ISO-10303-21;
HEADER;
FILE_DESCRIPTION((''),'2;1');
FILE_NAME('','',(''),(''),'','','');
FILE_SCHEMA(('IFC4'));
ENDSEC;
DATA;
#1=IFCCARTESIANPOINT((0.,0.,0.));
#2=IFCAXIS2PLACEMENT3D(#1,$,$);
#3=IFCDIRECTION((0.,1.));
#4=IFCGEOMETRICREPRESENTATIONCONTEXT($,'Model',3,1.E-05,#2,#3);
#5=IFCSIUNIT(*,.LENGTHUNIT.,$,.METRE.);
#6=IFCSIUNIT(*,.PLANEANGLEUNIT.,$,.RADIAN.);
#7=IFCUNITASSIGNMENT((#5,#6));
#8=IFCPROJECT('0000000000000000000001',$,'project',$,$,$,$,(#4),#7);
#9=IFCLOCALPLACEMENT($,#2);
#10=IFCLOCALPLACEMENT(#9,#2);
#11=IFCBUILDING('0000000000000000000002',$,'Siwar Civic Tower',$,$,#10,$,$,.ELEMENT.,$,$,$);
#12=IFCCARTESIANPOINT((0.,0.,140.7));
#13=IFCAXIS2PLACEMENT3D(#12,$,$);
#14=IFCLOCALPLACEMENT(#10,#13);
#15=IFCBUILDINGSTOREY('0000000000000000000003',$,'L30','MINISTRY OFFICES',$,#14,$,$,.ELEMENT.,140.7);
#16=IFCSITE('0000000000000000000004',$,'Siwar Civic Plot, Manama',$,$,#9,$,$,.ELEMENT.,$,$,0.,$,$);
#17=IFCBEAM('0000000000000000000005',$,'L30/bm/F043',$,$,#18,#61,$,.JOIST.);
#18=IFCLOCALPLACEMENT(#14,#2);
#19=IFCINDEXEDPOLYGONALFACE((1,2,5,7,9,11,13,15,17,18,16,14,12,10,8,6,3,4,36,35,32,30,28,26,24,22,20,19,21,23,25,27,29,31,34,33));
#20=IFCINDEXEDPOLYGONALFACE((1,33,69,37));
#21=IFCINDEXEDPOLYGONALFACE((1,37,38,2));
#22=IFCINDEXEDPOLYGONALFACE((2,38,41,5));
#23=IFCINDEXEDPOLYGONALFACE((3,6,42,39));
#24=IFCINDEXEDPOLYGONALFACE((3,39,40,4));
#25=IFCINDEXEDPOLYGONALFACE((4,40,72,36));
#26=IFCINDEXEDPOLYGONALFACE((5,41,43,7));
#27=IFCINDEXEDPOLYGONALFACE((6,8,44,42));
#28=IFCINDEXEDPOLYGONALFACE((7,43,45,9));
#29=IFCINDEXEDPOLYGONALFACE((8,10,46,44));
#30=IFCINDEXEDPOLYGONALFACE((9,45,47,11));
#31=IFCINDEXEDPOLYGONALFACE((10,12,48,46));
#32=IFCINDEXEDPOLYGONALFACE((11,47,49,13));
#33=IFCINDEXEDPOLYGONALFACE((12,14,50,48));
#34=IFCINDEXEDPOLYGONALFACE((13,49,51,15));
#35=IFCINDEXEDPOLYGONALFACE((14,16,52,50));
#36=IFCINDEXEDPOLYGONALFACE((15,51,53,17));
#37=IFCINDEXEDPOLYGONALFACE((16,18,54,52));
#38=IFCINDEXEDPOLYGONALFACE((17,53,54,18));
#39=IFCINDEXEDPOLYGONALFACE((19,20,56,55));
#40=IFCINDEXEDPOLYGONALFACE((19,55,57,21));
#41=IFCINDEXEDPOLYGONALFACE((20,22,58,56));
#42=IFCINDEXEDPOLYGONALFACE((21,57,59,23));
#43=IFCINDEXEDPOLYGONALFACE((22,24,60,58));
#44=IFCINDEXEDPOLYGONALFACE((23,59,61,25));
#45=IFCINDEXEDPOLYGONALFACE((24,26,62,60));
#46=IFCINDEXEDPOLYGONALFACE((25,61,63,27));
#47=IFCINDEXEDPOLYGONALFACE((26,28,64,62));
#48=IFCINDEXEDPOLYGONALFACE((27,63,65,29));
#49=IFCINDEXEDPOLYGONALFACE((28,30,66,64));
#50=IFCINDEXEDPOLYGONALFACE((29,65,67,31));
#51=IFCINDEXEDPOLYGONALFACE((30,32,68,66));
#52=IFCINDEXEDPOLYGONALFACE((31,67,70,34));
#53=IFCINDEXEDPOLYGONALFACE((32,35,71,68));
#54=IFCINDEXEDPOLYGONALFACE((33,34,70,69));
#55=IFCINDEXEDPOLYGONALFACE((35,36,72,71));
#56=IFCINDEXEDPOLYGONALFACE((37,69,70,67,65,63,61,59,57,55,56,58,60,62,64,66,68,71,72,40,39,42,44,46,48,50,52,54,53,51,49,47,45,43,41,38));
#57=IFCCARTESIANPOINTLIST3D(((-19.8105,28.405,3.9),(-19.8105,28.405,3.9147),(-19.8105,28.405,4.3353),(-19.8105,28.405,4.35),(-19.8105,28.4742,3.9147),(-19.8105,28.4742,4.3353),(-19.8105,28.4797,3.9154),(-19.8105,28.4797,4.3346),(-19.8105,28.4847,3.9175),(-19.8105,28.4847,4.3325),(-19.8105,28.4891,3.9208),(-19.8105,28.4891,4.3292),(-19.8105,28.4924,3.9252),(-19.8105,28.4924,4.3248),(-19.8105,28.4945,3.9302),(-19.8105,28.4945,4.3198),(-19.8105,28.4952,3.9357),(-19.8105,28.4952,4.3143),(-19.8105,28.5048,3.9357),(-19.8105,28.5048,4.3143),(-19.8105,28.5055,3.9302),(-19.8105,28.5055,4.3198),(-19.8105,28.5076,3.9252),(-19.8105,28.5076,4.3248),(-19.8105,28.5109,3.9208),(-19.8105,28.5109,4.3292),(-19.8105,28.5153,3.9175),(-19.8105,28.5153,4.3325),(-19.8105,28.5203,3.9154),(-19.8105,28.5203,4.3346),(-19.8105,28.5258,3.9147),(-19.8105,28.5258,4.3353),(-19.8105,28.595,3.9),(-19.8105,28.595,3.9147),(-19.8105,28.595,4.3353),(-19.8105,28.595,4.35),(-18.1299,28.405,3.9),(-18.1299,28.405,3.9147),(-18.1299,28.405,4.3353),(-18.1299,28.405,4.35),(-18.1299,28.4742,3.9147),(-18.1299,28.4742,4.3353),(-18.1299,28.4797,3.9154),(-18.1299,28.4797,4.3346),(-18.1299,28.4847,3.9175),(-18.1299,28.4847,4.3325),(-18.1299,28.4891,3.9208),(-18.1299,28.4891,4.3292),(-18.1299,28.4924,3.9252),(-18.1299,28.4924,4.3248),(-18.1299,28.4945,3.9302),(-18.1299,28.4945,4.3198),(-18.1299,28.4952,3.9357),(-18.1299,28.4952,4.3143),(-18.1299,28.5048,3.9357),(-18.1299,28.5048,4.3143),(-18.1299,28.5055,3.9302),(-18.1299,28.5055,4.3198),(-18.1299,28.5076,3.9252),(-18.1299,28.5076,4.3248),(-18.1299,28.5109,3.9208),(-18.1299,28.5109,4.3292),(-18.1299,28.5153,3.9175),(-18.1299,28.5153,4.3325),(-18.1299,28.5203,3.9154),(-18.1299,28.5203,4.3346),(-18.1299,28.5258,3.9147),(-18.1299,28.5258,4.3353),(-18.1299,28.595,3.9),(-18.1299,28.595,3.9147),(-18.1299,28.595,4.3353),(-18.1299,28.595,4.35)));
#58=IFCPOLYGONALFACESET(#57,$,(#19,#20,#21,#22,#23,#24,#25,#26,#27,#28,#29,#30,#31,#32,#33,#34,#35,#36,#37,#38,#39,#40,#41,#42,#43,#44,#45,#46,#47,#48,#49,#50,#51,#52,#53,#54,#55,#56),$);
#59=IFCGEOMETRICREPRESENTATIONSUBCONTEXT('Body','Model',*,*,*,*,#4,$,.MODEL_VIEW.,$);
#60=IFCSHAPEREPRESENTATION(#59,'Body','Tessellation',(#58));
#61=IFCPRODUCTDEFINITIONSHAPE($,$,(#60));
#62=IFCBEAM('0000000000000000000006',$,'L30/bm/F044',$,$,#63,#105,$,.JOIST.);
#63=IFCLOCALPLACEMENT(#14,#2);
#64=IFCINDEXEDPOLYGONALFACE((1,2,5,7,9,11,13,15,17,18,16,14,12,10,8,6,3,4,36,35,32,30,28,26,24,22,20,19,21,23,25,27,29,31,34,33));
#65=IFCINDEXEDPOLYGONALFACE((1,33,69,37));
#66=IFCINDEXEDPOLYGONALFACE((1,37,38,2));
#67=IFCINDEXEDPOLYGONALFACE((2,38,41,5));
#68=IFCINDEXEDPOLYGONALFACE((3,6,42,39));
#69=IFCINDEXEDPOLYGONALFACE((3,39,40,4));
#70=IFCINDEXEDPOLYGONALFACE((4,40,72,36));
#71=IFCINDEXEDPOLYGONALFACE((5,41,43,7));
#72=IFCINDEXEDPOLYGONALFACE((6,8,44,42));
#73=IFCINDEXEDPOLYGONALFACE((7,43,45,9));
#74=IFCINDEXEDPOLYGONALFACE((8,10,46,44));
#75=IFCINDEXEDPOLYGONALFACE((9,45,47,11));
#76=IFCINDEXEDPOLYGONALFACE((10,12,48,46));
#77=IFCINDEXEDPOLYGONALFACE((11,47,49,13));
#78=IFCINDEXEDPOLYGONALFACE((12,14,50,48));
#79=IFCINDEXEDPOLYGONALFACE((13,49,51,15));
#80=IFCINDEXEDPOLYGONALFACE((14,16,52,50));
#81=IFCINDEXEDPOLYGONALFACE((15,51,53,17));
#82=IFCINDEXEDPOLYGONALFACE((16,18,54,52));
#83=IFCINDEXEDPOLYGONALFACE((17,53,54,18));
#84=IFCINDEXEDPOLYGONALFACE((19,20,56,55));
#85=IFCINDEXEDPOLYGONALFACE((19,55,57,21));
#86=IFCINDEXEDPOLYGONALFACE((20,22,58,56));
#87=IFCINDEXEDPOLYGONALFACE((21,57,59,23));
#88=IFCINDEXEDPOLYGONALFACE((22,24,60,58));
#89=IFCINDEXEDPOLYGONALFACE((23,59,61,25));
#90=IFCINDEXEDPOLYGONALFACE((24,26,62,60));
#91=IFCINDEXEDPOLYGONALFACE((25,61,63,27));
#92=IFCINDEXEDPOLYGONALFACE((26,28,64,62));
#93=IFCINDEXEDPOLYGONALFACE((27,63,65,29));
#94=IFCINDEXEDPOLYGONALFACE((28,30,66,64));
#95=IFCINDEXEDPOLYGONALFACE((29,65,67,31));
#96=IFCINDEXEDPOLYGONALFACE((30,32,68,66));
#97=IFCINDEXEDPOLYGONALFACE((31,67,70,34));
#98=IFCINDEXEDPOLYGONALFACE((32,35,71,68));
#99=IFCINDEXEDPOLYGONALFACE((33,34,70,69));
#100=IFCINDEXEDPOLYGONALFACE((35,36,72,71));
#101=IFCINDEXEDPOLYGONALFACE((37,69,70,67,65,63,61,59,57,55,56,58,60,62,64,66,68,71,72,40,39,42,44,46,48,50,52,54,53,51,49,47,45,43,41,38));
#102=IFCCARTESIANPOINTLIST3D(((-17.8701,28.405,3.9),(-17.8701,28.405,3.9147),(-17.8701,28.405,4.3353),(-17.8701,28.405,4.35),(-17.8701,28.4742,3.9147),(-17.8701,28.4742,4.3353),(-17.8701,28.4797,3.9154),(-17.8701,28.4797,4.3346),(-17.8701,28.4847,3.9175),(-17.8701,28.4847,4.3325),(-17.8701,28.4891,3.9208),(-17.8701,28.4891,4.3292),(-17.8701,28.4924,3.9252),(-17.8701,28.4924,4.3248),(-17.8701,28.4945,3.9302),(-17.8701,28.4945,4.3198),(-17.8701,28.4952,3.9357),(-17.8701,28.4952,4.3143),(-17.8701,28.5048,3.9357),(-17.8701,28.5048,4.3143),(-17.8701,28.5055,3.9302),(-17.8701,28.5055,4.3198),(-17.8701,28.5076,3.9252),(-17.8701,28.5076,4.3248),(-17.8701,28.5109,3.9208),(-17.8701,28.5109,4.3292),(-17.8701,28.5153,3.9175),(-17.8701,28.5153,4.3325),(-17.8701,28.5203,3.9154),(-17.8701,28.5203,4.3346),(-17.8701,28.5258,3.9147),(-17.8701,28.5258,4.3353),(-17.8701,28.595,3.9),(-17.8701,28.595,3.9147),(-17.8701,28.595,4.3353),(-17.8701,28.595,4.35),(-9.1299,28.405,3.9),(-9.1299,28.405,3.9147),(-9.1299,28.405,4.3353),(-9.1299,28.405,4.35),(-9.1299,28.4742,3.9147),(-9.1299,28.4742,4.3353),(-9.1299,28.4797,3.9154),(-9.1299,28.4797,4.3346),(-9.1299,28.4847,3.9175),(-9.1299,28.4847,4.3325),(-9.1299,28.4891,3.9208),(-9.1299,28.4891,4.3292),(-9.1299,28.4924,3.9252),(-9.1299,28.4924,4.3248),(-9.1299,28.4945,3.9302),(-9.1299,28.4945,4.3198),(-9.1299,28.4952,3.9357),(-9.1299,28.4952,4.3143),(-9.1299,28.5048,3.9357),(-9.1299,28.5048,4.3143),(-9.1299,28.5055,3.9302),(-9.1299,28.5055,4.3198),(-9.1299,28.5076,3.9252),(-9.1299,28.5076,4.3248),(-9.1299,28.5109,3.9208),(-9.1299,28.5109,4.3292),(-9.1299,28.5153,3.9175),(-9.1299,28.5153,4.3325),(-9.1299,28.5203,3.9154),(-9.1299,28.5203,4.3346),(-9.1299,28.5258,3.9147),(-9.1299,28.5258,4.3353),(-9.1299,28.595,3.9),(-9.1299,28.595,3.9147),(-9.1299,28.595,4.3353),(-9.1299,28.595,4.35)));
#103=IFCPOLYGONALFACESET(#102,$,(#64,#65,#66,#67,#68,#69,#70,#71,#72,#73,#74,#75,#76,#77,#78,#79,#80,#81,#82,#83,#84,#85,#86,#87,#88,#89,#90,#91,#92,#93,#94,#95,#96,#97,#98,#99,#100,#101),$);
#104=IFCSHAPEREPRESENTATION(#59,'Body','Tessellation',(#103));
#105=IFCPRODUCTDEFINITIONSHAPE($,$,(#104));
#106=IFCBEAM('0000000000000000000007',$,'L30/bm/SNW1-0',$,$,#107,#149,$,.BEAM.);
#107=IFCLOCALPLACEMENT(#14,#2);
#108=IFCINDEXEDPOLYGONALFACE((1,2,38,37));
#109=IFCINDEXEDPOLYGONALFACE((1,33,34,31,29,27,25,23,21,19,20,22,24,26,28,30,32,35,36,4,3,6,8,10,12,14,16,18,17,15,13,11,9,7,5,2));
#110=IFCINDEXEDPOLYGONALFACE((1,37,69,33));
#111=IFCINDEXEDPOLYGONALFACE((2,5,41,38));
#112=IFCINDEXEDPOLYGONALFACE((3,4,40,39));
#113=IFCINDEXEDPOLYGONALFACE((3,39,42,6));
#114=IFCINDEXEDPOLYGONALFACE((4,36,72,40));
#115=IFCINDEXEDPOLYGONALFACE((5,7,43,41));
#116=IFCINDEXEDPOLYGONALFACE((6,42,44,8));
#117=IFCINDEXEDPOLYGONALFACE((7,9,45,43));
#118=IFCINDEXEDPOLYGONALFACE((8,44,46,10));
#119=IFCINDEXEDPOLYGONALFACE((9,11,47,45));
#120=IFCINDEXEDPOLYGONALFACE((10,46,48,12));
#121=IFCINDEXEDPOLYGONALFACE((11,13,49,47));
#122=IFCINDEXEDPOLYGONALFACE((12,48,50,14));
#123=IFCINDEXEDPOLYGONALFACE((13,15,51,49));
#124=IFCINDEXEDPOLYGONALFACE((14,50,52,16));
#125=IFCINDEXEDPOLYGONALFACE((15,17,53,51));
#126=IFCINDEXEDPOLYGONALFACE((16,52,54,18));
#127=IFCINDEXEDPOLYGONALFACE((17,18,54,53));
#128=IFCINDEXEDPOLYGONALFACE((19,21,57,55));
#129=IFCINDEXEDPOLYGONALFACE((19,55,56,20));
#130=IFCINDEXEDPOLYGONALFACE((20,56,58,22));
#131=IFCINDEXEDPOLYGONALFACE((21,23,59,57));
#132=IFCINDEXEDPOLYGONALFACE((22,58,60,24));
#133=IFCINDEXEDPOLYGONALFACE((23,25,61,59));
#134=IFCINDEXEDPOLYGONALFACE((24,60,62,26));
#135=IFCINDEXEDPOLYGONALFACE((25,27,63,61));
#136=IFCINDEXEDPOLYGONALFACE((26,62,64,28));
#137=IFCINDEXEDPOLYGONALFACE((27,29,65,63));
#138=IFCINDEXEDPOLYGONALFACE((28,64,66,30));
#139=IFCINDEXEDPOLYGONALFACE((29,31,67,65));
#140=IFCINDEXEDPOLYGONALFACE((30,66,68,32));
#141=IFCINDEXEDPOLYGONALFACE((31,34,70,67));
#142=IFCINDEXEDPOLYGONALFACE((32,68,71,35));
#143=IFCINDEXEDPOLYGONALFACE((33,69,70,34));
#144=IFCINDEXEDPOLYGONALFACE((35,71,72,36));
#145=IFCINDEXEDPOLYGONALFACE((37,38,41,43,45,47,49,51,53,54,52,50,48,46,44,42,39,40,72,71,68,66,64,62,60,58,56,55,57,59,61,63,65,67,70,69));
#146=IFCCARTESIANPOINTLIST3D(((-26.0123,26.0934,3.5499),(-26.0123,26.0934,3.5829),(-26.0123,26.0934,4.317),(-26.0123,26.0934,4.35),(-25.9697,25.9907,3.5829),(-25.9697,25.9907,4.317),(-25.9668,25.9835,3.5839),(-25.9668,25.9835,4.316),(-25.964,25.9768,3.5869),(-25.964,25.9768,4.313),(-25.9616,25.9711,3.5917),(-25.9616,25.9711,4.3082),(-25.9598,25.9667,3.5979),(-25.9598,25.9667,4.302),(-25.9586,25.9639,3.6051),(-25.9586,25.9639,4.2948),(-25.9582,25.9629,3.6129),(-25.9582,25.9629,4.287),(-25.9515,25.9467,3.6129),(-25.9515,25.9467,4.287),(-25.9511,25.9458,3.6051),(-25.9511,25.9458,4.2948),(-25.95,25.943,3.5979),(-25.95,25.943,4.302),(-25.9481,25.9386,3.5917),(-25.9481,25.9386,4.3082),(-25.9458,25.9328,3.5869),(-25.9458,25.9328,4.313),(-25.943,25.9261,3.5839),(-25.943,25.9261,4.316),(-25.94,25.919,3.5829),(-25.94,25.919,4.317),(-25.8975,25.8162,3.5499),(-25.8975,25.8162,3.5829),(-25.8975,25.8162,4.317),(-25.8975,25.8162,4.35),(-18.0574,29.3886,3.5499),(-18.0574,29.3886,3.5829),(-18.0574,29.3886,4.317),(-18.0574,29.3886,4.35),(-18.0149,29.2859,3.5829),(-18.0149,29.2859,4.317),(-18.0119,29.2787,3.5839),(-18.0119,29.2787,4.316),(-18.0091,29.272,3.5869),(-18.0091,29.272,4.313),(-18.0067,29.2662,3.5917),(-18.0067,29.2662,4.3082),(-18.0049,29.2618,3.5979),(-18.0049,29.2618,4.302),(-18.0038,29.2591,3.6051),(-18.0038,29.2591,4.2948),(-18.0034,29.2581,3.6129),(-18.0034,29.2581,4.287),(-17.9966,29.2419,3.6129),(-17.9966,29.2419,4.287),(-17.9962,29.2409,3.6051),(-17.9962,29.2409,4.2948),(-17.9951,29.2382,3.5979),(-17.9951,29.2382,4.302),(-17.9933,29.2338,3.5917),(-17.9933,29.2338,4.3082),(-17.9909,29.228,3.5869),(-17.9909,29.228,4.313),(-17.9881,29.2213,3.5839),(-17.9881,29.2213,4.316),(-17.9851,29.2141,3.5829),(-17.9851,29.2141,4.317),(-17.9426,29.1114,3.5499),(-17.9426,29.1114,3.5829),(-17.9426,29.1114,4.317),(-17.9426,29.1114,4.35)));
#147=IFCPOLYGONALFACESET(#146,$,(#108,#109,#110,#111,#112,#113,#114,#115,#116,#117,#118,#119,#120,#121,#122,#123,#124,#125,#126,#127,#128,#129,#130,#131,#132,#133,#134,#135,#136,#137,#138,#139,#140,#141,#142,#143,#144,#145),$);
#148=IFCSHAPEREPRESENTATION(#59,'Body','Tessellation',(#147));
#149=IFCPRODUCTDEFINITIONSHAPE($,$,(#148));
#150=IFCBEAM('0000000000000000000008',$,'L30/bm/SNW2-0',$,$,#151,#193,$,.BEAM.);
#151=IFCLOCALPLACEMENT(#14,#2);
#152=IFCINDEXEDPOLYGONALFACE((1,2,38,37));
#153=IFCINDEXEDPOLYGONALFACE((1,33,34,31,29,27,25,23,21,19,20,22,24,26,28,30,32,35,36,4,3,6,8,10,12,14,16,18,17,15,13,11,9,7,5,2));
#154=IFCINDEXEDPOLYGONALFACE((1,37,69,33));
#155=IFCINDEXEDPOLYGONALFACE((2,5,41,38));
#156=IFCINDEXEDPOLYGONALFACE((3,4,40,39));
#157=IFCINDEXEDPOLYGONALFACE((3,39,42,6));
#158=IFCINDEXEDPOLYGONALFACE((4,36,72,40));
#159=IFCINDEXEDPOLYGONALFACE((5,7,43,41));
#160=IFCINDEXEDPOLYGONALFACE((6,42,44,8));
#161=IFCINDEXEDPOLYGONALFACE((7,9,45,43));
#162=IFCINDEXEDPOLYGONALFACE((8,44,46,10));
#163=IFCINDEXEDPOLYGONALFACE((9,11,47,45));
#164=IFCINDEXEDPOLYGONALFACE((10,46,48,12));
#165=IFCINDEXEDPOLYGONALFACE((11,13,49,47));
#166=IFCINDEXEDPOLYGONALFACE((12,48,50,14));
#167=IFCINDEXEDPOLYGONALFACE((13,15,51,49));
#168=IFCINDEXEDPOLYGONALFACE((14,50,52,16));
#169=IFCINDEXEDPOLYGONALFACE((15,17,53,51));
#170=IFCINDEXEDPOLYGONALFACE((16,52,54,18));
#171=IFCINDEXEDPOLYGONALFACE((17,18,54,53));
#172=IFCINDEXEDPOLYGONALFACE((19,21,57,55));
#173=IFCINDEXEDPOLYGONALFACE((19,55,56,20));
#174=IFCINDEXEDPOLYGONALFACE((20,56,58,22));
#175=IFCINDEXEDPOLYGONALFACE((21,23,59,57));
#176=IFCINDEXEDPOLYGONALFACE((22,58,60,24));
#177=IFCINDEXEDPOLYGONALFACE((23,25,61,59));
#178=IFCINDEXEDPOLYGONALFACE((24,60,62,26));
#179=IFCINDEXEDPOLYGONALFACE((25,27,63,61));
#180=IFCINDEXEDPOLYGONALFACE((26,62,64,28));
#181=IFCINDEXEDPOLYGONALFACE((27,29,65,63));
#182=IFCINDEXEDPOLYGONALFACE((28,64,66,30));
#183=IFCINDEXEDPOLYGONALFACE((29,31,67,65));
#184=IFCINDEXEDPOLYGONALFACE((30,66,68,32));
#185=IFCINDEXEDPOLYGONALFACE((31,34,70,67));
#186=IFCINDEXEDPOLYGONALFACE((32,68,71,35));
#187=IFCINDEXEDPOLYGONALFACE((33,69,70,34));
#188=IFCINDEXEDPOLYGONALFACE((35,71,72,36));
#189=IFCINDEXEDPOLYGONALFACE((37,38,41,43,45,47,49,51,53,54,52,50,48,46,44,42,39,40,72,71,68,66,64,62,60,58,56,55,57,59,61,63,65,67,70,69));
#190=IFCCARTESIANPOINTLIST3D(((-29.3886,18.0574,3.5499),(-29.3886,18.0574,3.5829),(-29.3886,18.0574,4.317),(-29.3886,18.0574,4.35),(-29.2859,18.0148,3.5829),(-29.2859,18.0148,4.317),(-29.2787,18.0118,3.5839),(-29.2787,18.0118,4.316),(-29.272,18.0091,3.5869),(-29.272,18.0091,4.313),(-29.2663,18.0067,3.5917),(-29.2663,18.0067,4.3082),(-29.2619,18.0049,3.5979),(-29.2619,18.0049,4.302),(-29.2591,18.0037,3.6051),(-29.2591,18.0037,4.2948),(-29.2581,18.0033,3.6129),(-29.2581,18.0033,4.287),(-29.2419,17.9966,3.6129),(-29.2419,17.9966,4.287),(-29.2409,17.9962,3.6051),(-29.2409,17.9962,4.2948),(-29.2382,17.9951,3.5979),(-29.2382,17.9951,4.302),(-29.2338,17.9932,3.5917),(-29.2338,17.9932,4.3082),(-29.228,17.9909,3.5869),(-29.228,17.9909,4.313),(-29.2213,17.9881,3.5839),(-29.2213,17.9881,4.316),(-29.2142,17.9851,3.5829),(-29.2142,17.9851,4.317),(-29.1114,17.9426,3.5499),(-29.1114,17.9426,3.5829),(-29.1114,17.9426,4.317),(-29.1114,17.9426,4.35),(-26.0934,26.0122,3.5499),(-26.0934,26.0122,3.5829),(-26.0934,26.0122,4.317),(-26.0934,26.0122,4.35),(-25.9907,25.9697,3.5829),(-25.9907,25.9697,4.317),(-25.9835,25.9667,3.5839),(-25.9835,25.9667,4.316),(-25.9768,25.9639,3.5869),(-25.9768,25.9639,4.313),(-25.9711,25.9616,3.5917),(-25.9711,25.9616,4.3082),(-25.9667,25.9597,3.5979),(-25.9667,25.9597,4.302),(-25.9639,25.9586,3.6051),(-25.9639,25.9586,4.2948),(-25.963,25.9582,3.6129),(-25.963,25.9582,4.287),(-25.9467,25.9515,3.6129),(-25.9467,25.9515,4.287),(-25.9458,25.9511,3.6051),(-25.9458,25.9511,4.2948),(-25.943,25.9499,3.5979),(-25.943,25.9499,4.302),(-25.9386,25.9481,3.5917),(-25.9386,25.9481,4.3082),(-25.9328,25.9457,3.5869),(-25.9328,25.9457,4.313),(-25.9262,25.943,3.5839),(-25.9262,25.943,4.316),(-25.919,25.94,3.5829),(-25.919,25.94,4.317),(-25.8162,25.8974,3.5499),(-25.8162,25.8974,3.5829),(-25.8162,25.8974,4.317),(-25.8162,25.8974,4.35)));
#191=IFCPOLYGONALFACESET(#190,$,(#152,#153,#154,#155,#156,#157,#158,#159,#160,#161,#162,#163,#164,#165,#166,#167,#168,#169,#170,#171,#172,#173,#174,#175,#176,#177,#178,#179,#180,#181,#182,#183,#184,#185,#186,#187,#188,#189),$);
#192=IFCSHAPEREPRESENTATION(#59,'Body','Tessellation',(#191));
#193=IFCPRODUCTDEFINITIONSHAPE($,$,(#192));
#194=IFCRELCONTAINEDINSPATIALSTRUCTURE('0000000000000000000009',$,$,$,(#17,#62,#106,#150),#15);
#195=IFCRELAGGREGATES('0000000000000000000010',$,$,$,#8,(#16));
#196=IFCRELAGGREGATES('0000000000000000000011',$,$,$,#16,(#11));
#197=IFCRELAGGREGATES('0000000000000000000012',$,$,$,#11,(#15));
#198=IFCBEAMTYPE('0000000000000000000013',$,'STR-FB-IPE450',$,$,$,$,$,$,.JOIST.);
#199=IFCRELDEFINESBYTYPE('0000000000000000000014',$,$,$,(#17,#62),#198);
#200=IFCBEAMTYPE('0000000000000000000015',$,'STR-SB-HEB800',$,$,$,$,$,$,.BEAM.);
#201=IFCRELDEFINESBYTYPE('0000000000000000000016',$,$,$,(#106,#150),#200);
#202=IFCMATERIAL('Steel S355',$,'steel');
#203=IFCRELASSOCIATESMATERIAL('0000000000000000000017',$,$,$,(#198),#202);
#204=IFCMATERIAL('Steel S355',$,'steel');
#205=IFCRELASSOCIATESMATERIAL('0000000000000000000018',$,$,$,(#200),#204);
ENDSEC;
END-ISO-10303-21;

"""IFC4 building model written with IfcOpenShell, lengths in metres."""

from ifc_helpers import new_model, si_unit, direction, frame, origin, origin_2d, place, context, subcontext, project, spatial, i_section, extrude, material, material_profile, profile_set, type_object, element, save


model = new_model("IFC4")

# Units and contexts
model_context = context("Model", 3, precision=1e-05, world=origin(), true_north=direction((0.0, 1.0)))
body_context = subcontext(model_context, "Body", "Model", "MODEL_VIEW")
ifc_project = project(units=[si_unit("LENGTHUNIT", "METRE"), si_unit("PLANEANGLEUNIT", "RADIAN")], contexts=[model_context])

# Site, building, storey
site_placement = place(None, origin())
site = spatial("IfcSite", under=ifc_project, at=site_placement, Name="Siwar Civic Plot, Manama", CompositionType="ELEMENT", RefElevation=0.0)
building_placement = place(site_placement, origin())
building = spatial("IfcBuilding", under=site, at=building_placement, Name="Siwar Civic Tower", CompositionType="ELEMENT")
storey_placement = place(building_placement, frame((0.0, 0.0, 140.7)))
storey = spatial("IfcBuildingStorey", under=building, at=storey_placement, Name="L30", Description="MINISTRY OFFICES", CompositionType="ELEMENT", Elevation=140.7)

# Beams
ifc_material_1 = material(Name="Steel S355", Category="steel")
ifc_material_profile_1 = material_profile(ifc_material_1, i_section(OverallWidth=0.1899, OverallDepth=0.45, WebThickness=0.0095, FlangeThickness=0.0146, FilletRadius=0.021, at=origin_2d()), Name="IPE450")
ifc_profile_set_1 = profile_set([ifc_material_profile_1], Name="Steel S355")
beam_type_1 = type_object("IfcBeamType", Name="STR-FB-IPE450", PredefinedType="JOIST", material=ifc_profile_set_1)
beam_1_placement = place(storey_placement, frame((-19.8105, 28.5, 4.125), z_axis=(1.0, 0.0, 0.0), x_axis=(0.0, 1.0, 0.0)))
element("IfcBeam", 1, at=beam_1_placement, inside=storey, type_object=beam_type_1, Name="L30/bm/F043", PredefinedType="JOIST", context=body_context, shape_type="SweptSolid", body=[
    extrude(i_section(OverallWidth=0.1899, OverallDepth=0.45, WebThickness=0.0095, FlangeThickness=0.0146, FilletRadius=0.021, at=origin_2d()), origin(), (0.0, 0.0, 1.0), 1.6807),
])
beam_2_placement = place(storey_placement, frame((-17.8701, 28.5, 4.125), z_axis=(1.0, 0.0, 0.0), x_axis=(0.0, 1.0, 0.0)))
element("IfcBeam", 2, at=beam_2_placement, inside=storey, type_object=beam_type_1, Name="L30/bm/F044", PredefinedType="JOIST", context=body_context, shape_type="SweptSolid", body=[
    extrude(i_section(OverallWidth=0.1899, OverallDepth=0.45, WebThickness=0.0095, FlangeThickness=0.0146, FilletRadius=0.021, at=origin_2d()), origin(), (0.0, 0.0, 1.0), 8.7402),
])
ifc_material_2 = material(Name="Steel S355", Category="steel")
ifc_material_profile_2 = material_profile(ifc_material_2, i_section(OverallWidth=0.3, OverallDepth=0.8, WebThickness=0.0176, FlangeThickness=0.033, FilletRadius=0.03, at=origin_2d()), Name="HEB800")
ifc_profile_set_2 = profile_set([ifc_material_profile_2], Name="Steel S355")
beam_type_2 = type_object("IfcBeamType", Name="STR-SB-HEB800", PredefinedType="BEAM", material=ifc_profile_set_2)
for number, where, z_axis, x_axis, name in (
    (3, (-18.0, 29.25, 3.95), (-0.923873, -0.3827, 0.0), (0.3827, -0.923873, 0.0), "L30/bm/SNW1-0"),
    (4, (-25.9548, 25.9548, 3.95), (-0.3827, -0.923873, 0.0), (0.923873, -0.3827, 0.0), "L30/bm/SNW2-0"),
):
    element("IfcBeam", number, at=place(storey_placement, frame(where, z_axis=z_axis, x_axis=x_axis)), inside=storey, type_object=beam_type_2, Name=name, PredefinedType="BEAM", context=body_context, shape_type="SweptSolid", body=[
        extrude(i_section(OverallWidth=0.3, OverallDepth=0.8, WebThickness=0.0176, FlangeThickness=0.033, FilletRadius=0.03, at=origin_2d()), origin(), (0.0, 0.0, 1.0), 8.6104),
    ])

save(model, "model.ifc")
